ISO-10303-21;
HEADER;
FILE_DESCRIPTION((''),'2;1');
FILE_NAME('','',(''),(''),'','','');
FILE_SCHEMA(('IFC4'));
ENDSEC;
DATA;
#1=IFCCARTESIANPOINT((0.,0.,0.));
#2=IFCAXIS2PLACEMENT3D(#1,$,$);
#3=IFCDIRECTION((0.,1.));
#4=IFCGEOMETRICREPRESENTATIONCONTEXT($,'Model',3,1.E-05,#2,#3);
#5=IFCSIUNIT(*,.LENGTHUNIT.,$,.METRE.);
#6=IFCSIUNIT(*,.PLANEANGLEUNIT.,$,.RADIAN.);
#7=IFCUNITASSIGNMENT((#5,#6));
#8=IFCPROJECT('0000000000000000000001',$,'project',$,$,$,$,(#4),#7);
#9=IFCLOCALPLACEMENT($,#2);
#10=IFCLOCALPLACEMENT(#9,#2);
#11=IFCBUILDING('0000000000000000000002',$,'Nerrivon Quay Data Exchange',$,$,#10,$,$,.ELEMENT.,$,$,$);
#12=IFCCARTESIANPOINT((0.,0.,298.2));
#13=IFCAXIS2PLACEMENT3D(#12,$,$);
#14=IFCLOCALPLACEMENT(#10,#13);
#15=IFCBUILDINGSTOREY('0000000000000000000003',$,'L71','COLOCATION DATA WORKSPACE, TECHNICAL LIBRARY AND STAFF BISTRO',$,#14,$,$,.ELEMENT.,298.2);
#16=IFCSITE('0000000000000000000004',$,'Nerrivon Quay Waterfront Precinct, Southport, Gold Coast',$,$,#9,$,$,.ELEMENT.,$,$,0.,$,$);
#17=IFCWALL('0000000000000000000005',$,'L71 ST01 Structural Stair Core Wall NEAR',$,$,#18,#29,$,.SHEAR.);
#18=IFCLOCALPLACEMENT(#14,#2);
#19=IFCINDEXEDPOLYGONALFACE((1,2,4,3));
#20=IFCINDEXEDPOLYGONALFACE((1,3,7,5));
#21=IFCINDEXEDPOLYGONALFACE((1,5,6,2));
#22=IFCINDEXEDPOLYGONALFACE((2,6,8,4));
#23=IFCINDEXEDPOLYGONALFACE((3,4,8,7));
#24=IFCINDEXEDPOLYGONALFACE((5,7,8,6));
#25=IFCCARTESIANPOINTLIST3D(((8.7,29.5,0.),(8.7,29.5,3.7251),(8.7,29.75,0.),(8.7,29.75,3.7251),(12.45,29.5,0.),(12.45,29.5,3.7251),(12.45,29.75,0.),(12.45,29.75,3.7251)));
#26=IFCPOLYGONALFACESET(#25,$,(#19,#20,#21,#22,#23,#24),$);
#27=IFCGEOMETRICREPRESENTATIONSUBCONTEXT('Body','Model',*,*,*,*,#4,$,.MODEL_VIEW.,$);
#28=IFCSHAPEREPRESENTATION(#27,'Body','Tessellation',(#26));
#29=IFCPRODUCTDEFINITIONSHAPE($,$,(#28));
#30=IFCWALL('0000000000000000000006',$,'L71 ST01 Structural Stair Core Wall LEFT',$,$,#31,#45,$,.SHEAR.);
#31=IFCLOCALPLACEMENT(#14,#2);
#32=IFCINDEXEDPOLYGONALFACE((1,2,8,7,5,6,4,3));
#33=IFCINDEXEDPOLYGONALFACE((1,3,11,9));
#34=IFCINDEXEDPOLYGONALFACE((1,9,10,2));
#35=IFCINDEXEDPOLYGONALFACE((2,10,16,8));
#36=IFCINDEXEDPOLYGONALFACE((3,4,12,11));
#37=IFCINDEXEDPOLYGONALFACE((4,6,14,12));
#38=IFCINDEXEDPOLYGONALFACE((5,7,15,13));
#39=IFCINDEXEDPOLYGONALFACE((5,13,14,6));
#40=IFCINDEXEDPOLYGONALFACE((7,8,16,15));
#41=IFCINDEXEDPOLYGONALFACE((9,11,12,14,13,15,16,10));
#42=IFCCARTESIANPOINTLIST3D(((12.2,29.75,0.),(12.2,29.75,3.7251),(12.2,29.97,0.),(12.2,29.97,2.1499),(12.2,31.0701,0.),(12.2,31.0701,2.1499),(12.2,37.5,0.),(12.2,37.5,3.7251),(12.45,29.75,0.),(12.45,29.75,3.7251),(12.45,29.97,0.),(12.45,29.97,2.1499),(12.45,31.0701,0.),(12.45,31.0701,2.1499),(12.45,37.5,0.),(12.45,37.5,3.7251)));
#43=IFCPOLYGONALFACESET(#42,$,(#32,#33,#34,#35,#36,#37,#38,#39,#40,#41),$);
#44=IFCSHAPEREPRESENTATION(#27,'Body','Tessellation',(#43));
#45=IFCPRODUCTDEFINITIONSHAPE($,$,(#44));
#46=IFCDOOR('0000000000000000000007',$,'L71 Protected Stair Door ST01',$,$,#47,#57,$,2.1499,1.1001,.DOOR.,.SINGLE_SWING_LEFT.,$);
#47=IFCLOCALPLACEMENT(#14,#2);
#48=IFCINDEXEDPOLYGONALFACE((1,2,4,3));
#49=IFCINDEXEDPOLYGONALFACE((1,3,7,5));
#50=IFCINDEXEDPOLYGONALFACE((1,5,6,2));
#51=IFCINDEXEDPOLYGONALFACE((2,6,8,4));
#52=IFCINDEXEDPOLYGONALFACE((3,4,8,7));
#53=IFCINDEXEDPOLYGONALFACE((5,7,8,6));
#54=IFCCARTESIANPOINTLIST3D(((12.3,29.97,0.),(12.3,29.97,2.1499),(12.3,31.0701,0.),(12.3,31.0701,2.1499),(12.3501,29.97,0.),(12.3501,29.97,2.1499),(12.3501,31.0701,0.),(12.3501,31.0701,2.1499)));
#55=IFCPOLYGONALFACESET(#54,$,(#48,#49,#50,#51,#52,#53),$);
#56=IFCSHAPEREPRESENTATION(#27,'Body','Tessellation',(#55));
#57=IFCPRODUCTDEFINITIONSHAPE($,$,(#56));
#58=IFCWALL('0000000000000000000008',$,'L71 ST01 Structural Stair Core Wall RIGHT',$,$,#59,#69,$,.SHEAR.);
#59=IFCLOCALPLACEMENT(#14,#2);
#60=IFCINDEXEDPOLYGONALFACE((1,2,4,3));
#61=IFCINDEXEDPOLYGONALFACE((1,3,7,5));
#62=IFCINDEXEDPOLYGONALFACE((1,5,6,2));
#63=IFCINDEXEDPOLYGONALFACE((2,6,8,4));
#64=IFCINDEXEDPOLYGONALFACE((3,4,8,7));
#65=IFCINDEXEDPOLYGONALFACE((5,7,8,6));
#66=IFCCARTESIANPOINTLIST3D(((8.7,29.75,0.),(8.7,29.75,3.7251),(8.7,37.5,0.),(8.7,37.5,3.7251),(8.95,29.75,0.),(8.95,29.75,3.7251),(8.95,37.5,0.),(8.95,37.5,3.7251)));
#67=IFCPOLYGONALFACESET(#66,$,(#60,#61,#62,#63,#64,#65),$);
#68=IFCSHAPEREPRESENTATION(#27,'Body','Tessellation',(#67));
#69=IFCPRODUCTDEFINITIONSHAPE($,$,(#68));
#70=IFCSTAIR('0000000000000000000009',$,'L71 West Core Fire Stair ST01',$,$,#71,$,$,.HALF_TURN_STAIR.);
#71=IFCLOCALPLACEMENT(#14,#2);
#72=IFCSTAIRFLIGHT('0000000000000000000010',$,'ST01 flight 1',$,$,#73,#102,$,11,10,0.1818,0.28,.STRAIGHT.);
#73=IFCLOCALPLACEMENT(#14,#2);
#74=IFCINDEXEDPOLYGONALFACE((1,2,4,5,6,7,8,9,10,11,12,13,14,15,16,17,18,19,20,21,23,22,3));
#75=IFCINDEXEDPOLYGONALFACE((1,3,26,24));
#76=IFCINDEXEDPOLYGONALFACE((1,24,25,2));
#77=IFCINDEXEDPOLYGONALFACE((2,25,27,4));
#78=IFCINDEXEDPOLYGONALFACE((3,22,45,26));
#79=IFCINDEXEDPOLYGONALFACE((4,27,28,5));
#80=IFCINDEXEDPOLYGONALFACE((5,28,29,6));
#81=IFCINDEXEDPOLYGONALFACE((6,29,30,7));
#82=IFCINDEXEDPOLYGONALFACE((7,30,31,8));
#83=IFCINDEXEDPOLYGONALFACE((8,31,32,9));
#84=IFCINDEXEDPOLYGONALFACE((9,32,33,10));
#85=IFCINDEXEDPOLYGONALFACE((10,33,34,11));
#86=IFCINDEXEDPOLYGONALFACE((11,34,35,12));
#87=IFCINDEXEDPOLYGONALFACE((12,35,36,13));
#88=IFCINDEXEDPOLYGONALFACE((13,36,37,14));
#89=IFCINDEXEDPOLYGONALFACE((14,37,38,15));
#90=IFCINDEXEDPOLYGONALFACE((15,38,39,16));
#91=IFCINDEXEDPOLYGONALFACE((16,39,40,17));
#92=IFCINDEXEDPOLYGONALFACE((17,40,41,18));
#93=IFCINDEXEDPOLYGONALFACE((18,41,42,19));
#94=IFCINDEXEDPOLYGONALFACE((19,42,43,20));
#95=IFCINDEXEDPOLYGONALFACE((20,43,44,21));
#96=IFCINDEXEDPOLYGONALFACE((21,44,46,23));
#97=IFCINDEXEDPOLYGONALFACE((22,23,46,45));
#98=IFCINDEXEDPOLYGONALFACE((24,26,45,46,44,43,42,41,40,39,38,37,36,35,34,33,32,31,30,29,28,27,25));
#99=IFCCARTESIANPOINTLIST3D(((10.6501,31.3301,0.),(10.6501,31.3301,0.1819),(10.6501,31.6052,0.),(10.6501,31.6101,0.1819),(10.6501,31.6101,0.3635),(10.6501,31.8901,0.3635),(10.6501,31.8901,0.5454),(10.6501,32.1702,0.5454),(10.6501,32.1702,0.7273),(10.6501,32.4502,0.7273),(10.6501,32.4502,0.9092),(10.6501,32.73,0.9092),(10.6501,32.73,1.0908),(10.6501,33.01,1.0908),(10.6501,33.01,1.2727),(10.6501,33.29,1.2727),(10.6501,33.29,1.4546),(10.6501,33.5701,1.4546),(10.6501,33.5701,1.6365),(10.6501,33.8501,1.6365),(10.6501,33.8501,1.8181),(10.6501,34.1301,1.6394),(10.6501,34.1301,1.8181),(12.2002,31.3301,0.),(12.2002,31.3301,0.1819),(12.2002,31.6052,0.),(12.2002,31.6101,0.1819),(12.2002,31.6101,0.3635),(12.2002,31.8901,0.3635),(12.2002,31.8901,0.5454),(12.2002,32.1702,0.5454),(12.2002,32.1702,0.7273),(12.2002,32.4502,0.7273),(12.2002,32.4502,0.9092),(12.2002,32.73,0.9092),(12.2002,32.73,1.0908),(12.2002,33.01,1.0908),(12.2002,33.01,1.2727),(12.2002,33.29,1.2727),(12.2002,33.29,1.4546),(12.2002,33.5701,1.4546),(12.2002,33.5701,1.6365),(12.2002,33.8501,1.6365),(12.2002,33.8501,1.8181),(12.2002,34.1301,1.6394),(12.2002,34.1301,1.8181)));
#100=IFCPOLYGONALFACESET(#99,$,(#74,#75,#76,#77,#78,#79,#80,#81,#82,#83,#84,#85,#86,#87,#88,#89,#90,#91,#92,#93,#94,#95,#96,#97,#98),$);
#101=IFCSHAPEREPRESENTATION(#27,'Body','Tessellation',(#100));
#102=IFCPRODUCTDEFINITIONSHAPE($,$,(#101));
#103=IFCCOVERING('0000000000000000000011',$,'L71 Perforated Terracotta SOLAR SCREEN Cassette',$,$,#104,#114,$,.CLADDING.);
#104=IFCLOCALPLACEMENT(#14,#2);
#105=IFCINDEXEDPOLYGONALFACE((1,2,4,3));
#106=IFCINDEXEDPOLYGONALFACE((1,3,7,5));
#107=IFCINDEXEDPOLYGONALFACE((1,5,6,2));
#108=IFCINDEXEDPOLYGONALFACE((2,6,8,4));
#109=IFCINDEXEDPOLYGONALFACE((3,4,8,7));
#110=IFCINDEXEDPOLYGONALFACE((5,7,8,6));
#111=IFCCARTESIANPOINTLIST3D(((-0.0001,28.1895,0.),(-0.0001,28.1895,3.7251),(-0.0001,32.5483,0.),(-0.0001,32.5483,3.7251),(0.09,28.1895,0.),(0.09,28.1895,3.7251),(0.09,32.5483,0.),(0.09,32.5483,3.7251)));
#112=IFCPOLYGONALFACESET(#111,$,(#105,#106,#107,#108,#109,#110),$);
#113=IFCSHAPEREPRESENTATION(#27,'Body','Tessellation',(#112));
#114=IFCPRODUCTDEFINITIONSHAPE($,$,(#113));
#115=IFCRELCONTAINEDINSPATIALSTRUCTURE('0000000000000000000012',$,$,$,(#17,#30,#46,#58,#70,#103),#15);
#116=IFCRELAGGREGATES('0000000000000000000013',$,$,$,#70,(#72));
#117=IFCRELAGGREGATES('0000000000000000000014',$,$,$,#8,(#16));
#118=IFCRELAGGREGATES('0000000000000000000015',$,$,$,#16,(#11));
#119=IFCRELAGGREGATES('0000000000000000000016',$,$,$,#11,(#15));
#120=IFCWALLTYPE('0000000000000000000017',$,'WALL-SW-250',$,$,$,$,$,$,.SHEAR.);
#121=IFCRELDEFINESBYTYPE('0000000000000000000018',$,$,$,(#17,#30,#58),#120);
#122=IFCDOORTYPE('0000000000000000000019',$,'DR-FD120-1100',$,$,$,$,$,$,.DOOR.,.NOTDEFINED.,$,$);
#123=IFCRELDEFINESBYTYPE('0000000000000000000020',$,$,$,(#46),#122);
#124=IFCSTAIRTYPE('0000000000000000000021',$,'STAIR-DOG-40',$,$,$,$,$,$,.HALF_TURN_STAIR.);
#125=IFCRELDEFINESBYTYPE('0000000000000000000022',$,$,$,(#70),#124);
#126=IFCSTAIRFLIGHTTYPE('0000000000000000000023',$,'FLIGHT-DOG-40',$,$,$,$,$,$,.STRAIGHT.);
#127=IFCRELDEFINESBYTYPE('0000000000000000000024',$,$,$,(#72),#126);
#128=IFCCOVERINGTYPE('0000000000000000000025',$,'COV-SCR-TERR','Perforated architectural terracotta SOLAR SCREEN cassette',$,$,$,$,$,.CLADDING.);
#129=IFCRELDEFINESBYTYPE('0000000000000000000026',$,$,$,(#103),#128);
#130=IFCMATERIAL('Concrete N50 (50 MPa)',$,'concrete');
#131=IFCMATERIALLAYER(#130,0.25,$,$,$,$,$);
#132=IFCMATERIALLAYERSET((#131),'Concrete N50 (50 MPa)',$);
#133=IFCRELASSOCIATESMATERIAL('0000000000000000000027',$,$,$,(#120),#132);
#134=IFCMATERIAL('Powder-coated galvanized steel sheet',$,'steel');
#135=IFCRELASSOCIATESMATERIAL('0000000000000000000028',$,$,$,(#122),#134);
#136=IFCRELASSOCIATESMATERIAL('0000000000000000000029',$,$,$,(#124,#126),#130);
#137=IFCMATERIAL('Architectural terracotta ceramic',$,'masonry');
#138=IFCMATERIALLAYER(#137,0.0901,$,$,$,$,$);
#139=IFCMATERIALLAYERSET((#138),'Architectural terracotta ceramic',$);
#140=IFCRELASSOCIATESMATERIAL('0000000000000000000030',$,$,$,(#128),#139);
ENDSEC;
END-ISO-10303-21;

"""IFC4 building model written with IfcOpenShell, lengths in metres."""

from ifc_helpers import new_model, si_unit, direction, frame, frame_2d, origin, origin_2d, place, context, subcontext, project, spatial, polyline, rectangle, outline, extrude, material, layer, layer_set, type_object, element, fill, aggregate, save


model = new_model("IFC4")

# Units and contexts
model_context = context("Model", 3, precision=1e-05, world=origin(), true_north=direction((0.0, 1.0)))
body_context = subcontext(model_context, "Body", "Model", "MODEL_VIEW")
ifc_project = project(units=[si_unit("LENGTHUNIT", "METRE"), si_unit("PLANEANGLEUNIT", "RADIAN")], contexts=[model_context])

# Site, building, storey
site_placement = place(None, origin())
site = spatial("IfcSite", under=ifc_project, at=site_placement, Name="Nerrivon Quay Waterfront Precinct, Southport, Gold Coast", CompositionType="ELEMENT", RefElevation=0.0)
building_placement = place(site_placement, origin())
building = spatial("IfcBuilding", under=site, at=building_placement, Name="Nerrivon Quay Data Exchange", CompositionType="ELEMENT")
storey_placement = place(building_placement, frame((0.0, 0.0, 298.2)))
storey = spatial("IfcBuildingStorey", under=building, at=storey_placement, Name="L71", Description="COLOCATION DATA WORKSPACE, TECHNICAL LIBRARY AND STAFF BISTRO", CompositionType="ELEMENT", Elevation=298.2)

# Shared definitions
ifc_material_1 = material(Name="Concrete N50 (50 MPa)", Category="concrete")

# Shared definitions
ifc_material_2 = material(Name="Powder-coated galvanized steel sheet", Category="steel")

# Wall
ifc_layer_1 = layer(ifc_material_1, 0.25)
ifc_layer_set_1 = layer_set([ifc_layer_1], Name="Concrete N50 (50 MPa)")
wall_type_1 = type_object("IfcWallType", Name="WALL-SW-250", PredefinedType="SHEAR", material=ifc_layer_set_1)
wall_1_placement = place(storey_placement, frame((12.45, 29.625, 0.0), z_axis=(0.0, 0.0, 1.0), x_axis=(-1.0, 0.0, 0.0)))
element("IfcWall", 1, at=wall_1_placement, inside=storey, type_object=wall_type_1, Name="L71 ST01 Structural Stair Core Wall NEAR", PredefinedType="SHEAR", context=body_context, shape_type="SweptSolid", body=[
    extrude(rectangle(XDim=3.75, YDim=0.25, at=frame_2d((1.875, 0.0))), origin(), (0.0, 0.0, 1.0), 3.7251),
])

# Wall, opening, door
wall_2_placement = place(storey_placement, frame((12.325, 29.75, 0.0), z_axis=(0.0, 0.0, 1.0), x_axis=(0.0, 1.0, 0.0)))
wall_2 = element("IfcWall", 2, at=wall_2_placement, inside=storey, type_object=wall_type_1, Name="L71 ST01 Structural Stair Core Wall LEFT", PredefinedType="SHEAR", context=body_context, shape_type="SweptSolid", body=[
    extrude(rectangle(XDim=7.75, YDim=0.25, at=frame_2d((3.875, 0.0))), origin(), (0.0, 0.0, 1.0), 3.7251),
])
opening_1_placement = place(wall_2_placement, frame((0.22, 0.0, 0.0)))
opening_1 = element("IfcOpeningElement", 3, at=opening_1_placement, cuts=wall_2, PredefinedType="OPENING", context=body_context, shape_type="SweptSolid", body=[
    extrude(rectangle(XDim=1.1001, YDim=2.1499, at=frame_2d((0.55, 1.075))), frame((0.0, 0.135, 0.0), z_axis=(0.0, -1.0, 0.0), x_axis=(1.0, 0.0, 0.0)), (0.0, 0.0, 1.0), 0.27),
])
door_type_1 = type_object("IfcDoorType", Name="DR-FD120-1100", OperationType="NOTDEFINED", PredefinedType="DOOR", material=ifc_material_2)
door_1_placement = place(opening_1_placement, origin())
door_1 = element("IfcDoor", 4, at=door_1_placement, inside=storey, type_object=door_type_1, Name="L71 Protected Stair Door ST01", OperationType="SINGLE_SWING_LEFT", OverallHeight=2.1499, OverallWidth=1.1001, PredefinedType="DOOR", context=body_context, shape_type="SweptSolid", body=[
    extrude(rectangle(XDim=1.1001, YDim=2.1499, at=frame_2d((0.55, 1.075))), frame((0.0, 0.0249, 0.0), z_axis=(0.0, -1.0, 0.0), x_axis=(1.0, 0.0, 0.0)), (0.0, 0.0, 1.0), 0.05),
])
fill(opening_1, door_1)

# Wall
wall_3_placement = place(storey_placement, frame((8.825, 29.75, 0.0), z_axis=(0.0, 0.0, 1.0), x_axis=(0.0, 1.0, 0.0)))
element("IfcWall", 5, at=wall_3_placement, inside=storey, type_object=wall_type_1, Name="L71 ST01 Structural Stair Core Wall RIGHT", PredefinedType="SHEAR", context=body_context, shape_type="SweptSolid", body=[
    extrude(rectangle(XDim=7.75, YDim=0.25, at=frame_2d((3.875, 0.0))), origin(), (0.0, 0.0, 1.0), 3.7251),
])

# Stair, stair flight
stair_type = type_object("IfcStairType", Name="STAIR-DOG-40", PredefinedType="HALF_TURN_STAIR", material=ifc_material_1)
stair_placement = place(storey_placement, origin())
stair = element("IfcStair", 6, at=stair_placement, inside=storey, type_object=stair_type, Name="L71 West Core Fire Stair ST01", PredefinedType="HALF_TURN_STAIR")
stair_flight_type = type_object("IfcStairFlightType", Name="FLIGHT-DOG-40", PredefinedType="STRAIGHT", material=ifc_material_1)
stair_flight_placement = place(storey_placement, frame((11.425, 31.3301, 0.0), z_axis=(0.0, 0.0, 1.0), x_axis=(0.0, 1.0, 0.0)))
stair_flight = element("IfcStairFlight", 7, at=stair_flight_placement, type_object=stair_flight_type, Name="ST01 flight 1", NumberOfRisers=11, NumberOfTreads=10, PredefinedType="STRAIGHT", RiserHeight=0.1818, TreadLength=0.28, context=body_context, shape_type="SweptSolid", body=[
    extrude(outline(polyline([(0.0, 0.0), (0.0, 0.1819), (0.28, 0.1819), (0.28, 0.3635), (0.5601, 0.3635), (0.5601, 0.5454), (0.8401, 0.5454), (0.8401, 0.7273), (1.1201, 0.7273), (1.1201, 0.9092), (1.3999, 0.9092), (1.3999, 1.0908), (1.6799, 1.0908), (1.6799, 1.2727), (1.96, 1.2727), (1.96, 1.4546), (2.24, 1.4546), (2.24, 1.6365), (2.52, 1.6365), (2.52, 1.8181), (2.8, 1.8181), (2.8, 2.0), (2.8, 1.6394), (0.2751, 0.0), (0.0, 0.0)])), frame((0.0, 0.7749, 0.0), z_axis=(0.0, -1.0, 0.0), x_axis=(1.0, 0.0, 0.0)), (0.0, 0.0, 1.0), 1.55),
])
aggregate(stair, [stair_flight])

# Covering
ifc_material_3 = material(Name="Architectural terracotta ceramic", Category="masonry")
ifc_layer_2 = layer(ifc_material_3, 0.0901)
ifc_layer_set_2 = layer_set([ifc_layer_2], Name="Architectural terracotta ceramic")
covering_type = type_object("IfcCoveringType", Name="COV-SCR-TERR", Description="Perforated architectural terracotta SOLAR SCREEN cassette", PredefinedType="CLADDING", material=ifc_layer_set_2)
covering_placement = place(storey_placement, frame((0.0449, 30.3689, 0.0), z_axis=(0.0, 0.0, 1.0), x_axis=(0.0, 1.0, 0.0)))
element("IfcCovering", 8, at=covering_placement, inside=storey, type_object=covering_type, Name="L71 Perforated Terracotta SOLAR SCREEN Cassette", PredefinedType="CLADDING", context=body_context, shape_type="SweptSolid", body=[
    extrude(rectangle(XDim=4.3589, YDim=0.0901, at=origin_2d()), origin(), (0.0, 0.0, 1.0), 3.7251),
])

save(model, "model.ifc")
